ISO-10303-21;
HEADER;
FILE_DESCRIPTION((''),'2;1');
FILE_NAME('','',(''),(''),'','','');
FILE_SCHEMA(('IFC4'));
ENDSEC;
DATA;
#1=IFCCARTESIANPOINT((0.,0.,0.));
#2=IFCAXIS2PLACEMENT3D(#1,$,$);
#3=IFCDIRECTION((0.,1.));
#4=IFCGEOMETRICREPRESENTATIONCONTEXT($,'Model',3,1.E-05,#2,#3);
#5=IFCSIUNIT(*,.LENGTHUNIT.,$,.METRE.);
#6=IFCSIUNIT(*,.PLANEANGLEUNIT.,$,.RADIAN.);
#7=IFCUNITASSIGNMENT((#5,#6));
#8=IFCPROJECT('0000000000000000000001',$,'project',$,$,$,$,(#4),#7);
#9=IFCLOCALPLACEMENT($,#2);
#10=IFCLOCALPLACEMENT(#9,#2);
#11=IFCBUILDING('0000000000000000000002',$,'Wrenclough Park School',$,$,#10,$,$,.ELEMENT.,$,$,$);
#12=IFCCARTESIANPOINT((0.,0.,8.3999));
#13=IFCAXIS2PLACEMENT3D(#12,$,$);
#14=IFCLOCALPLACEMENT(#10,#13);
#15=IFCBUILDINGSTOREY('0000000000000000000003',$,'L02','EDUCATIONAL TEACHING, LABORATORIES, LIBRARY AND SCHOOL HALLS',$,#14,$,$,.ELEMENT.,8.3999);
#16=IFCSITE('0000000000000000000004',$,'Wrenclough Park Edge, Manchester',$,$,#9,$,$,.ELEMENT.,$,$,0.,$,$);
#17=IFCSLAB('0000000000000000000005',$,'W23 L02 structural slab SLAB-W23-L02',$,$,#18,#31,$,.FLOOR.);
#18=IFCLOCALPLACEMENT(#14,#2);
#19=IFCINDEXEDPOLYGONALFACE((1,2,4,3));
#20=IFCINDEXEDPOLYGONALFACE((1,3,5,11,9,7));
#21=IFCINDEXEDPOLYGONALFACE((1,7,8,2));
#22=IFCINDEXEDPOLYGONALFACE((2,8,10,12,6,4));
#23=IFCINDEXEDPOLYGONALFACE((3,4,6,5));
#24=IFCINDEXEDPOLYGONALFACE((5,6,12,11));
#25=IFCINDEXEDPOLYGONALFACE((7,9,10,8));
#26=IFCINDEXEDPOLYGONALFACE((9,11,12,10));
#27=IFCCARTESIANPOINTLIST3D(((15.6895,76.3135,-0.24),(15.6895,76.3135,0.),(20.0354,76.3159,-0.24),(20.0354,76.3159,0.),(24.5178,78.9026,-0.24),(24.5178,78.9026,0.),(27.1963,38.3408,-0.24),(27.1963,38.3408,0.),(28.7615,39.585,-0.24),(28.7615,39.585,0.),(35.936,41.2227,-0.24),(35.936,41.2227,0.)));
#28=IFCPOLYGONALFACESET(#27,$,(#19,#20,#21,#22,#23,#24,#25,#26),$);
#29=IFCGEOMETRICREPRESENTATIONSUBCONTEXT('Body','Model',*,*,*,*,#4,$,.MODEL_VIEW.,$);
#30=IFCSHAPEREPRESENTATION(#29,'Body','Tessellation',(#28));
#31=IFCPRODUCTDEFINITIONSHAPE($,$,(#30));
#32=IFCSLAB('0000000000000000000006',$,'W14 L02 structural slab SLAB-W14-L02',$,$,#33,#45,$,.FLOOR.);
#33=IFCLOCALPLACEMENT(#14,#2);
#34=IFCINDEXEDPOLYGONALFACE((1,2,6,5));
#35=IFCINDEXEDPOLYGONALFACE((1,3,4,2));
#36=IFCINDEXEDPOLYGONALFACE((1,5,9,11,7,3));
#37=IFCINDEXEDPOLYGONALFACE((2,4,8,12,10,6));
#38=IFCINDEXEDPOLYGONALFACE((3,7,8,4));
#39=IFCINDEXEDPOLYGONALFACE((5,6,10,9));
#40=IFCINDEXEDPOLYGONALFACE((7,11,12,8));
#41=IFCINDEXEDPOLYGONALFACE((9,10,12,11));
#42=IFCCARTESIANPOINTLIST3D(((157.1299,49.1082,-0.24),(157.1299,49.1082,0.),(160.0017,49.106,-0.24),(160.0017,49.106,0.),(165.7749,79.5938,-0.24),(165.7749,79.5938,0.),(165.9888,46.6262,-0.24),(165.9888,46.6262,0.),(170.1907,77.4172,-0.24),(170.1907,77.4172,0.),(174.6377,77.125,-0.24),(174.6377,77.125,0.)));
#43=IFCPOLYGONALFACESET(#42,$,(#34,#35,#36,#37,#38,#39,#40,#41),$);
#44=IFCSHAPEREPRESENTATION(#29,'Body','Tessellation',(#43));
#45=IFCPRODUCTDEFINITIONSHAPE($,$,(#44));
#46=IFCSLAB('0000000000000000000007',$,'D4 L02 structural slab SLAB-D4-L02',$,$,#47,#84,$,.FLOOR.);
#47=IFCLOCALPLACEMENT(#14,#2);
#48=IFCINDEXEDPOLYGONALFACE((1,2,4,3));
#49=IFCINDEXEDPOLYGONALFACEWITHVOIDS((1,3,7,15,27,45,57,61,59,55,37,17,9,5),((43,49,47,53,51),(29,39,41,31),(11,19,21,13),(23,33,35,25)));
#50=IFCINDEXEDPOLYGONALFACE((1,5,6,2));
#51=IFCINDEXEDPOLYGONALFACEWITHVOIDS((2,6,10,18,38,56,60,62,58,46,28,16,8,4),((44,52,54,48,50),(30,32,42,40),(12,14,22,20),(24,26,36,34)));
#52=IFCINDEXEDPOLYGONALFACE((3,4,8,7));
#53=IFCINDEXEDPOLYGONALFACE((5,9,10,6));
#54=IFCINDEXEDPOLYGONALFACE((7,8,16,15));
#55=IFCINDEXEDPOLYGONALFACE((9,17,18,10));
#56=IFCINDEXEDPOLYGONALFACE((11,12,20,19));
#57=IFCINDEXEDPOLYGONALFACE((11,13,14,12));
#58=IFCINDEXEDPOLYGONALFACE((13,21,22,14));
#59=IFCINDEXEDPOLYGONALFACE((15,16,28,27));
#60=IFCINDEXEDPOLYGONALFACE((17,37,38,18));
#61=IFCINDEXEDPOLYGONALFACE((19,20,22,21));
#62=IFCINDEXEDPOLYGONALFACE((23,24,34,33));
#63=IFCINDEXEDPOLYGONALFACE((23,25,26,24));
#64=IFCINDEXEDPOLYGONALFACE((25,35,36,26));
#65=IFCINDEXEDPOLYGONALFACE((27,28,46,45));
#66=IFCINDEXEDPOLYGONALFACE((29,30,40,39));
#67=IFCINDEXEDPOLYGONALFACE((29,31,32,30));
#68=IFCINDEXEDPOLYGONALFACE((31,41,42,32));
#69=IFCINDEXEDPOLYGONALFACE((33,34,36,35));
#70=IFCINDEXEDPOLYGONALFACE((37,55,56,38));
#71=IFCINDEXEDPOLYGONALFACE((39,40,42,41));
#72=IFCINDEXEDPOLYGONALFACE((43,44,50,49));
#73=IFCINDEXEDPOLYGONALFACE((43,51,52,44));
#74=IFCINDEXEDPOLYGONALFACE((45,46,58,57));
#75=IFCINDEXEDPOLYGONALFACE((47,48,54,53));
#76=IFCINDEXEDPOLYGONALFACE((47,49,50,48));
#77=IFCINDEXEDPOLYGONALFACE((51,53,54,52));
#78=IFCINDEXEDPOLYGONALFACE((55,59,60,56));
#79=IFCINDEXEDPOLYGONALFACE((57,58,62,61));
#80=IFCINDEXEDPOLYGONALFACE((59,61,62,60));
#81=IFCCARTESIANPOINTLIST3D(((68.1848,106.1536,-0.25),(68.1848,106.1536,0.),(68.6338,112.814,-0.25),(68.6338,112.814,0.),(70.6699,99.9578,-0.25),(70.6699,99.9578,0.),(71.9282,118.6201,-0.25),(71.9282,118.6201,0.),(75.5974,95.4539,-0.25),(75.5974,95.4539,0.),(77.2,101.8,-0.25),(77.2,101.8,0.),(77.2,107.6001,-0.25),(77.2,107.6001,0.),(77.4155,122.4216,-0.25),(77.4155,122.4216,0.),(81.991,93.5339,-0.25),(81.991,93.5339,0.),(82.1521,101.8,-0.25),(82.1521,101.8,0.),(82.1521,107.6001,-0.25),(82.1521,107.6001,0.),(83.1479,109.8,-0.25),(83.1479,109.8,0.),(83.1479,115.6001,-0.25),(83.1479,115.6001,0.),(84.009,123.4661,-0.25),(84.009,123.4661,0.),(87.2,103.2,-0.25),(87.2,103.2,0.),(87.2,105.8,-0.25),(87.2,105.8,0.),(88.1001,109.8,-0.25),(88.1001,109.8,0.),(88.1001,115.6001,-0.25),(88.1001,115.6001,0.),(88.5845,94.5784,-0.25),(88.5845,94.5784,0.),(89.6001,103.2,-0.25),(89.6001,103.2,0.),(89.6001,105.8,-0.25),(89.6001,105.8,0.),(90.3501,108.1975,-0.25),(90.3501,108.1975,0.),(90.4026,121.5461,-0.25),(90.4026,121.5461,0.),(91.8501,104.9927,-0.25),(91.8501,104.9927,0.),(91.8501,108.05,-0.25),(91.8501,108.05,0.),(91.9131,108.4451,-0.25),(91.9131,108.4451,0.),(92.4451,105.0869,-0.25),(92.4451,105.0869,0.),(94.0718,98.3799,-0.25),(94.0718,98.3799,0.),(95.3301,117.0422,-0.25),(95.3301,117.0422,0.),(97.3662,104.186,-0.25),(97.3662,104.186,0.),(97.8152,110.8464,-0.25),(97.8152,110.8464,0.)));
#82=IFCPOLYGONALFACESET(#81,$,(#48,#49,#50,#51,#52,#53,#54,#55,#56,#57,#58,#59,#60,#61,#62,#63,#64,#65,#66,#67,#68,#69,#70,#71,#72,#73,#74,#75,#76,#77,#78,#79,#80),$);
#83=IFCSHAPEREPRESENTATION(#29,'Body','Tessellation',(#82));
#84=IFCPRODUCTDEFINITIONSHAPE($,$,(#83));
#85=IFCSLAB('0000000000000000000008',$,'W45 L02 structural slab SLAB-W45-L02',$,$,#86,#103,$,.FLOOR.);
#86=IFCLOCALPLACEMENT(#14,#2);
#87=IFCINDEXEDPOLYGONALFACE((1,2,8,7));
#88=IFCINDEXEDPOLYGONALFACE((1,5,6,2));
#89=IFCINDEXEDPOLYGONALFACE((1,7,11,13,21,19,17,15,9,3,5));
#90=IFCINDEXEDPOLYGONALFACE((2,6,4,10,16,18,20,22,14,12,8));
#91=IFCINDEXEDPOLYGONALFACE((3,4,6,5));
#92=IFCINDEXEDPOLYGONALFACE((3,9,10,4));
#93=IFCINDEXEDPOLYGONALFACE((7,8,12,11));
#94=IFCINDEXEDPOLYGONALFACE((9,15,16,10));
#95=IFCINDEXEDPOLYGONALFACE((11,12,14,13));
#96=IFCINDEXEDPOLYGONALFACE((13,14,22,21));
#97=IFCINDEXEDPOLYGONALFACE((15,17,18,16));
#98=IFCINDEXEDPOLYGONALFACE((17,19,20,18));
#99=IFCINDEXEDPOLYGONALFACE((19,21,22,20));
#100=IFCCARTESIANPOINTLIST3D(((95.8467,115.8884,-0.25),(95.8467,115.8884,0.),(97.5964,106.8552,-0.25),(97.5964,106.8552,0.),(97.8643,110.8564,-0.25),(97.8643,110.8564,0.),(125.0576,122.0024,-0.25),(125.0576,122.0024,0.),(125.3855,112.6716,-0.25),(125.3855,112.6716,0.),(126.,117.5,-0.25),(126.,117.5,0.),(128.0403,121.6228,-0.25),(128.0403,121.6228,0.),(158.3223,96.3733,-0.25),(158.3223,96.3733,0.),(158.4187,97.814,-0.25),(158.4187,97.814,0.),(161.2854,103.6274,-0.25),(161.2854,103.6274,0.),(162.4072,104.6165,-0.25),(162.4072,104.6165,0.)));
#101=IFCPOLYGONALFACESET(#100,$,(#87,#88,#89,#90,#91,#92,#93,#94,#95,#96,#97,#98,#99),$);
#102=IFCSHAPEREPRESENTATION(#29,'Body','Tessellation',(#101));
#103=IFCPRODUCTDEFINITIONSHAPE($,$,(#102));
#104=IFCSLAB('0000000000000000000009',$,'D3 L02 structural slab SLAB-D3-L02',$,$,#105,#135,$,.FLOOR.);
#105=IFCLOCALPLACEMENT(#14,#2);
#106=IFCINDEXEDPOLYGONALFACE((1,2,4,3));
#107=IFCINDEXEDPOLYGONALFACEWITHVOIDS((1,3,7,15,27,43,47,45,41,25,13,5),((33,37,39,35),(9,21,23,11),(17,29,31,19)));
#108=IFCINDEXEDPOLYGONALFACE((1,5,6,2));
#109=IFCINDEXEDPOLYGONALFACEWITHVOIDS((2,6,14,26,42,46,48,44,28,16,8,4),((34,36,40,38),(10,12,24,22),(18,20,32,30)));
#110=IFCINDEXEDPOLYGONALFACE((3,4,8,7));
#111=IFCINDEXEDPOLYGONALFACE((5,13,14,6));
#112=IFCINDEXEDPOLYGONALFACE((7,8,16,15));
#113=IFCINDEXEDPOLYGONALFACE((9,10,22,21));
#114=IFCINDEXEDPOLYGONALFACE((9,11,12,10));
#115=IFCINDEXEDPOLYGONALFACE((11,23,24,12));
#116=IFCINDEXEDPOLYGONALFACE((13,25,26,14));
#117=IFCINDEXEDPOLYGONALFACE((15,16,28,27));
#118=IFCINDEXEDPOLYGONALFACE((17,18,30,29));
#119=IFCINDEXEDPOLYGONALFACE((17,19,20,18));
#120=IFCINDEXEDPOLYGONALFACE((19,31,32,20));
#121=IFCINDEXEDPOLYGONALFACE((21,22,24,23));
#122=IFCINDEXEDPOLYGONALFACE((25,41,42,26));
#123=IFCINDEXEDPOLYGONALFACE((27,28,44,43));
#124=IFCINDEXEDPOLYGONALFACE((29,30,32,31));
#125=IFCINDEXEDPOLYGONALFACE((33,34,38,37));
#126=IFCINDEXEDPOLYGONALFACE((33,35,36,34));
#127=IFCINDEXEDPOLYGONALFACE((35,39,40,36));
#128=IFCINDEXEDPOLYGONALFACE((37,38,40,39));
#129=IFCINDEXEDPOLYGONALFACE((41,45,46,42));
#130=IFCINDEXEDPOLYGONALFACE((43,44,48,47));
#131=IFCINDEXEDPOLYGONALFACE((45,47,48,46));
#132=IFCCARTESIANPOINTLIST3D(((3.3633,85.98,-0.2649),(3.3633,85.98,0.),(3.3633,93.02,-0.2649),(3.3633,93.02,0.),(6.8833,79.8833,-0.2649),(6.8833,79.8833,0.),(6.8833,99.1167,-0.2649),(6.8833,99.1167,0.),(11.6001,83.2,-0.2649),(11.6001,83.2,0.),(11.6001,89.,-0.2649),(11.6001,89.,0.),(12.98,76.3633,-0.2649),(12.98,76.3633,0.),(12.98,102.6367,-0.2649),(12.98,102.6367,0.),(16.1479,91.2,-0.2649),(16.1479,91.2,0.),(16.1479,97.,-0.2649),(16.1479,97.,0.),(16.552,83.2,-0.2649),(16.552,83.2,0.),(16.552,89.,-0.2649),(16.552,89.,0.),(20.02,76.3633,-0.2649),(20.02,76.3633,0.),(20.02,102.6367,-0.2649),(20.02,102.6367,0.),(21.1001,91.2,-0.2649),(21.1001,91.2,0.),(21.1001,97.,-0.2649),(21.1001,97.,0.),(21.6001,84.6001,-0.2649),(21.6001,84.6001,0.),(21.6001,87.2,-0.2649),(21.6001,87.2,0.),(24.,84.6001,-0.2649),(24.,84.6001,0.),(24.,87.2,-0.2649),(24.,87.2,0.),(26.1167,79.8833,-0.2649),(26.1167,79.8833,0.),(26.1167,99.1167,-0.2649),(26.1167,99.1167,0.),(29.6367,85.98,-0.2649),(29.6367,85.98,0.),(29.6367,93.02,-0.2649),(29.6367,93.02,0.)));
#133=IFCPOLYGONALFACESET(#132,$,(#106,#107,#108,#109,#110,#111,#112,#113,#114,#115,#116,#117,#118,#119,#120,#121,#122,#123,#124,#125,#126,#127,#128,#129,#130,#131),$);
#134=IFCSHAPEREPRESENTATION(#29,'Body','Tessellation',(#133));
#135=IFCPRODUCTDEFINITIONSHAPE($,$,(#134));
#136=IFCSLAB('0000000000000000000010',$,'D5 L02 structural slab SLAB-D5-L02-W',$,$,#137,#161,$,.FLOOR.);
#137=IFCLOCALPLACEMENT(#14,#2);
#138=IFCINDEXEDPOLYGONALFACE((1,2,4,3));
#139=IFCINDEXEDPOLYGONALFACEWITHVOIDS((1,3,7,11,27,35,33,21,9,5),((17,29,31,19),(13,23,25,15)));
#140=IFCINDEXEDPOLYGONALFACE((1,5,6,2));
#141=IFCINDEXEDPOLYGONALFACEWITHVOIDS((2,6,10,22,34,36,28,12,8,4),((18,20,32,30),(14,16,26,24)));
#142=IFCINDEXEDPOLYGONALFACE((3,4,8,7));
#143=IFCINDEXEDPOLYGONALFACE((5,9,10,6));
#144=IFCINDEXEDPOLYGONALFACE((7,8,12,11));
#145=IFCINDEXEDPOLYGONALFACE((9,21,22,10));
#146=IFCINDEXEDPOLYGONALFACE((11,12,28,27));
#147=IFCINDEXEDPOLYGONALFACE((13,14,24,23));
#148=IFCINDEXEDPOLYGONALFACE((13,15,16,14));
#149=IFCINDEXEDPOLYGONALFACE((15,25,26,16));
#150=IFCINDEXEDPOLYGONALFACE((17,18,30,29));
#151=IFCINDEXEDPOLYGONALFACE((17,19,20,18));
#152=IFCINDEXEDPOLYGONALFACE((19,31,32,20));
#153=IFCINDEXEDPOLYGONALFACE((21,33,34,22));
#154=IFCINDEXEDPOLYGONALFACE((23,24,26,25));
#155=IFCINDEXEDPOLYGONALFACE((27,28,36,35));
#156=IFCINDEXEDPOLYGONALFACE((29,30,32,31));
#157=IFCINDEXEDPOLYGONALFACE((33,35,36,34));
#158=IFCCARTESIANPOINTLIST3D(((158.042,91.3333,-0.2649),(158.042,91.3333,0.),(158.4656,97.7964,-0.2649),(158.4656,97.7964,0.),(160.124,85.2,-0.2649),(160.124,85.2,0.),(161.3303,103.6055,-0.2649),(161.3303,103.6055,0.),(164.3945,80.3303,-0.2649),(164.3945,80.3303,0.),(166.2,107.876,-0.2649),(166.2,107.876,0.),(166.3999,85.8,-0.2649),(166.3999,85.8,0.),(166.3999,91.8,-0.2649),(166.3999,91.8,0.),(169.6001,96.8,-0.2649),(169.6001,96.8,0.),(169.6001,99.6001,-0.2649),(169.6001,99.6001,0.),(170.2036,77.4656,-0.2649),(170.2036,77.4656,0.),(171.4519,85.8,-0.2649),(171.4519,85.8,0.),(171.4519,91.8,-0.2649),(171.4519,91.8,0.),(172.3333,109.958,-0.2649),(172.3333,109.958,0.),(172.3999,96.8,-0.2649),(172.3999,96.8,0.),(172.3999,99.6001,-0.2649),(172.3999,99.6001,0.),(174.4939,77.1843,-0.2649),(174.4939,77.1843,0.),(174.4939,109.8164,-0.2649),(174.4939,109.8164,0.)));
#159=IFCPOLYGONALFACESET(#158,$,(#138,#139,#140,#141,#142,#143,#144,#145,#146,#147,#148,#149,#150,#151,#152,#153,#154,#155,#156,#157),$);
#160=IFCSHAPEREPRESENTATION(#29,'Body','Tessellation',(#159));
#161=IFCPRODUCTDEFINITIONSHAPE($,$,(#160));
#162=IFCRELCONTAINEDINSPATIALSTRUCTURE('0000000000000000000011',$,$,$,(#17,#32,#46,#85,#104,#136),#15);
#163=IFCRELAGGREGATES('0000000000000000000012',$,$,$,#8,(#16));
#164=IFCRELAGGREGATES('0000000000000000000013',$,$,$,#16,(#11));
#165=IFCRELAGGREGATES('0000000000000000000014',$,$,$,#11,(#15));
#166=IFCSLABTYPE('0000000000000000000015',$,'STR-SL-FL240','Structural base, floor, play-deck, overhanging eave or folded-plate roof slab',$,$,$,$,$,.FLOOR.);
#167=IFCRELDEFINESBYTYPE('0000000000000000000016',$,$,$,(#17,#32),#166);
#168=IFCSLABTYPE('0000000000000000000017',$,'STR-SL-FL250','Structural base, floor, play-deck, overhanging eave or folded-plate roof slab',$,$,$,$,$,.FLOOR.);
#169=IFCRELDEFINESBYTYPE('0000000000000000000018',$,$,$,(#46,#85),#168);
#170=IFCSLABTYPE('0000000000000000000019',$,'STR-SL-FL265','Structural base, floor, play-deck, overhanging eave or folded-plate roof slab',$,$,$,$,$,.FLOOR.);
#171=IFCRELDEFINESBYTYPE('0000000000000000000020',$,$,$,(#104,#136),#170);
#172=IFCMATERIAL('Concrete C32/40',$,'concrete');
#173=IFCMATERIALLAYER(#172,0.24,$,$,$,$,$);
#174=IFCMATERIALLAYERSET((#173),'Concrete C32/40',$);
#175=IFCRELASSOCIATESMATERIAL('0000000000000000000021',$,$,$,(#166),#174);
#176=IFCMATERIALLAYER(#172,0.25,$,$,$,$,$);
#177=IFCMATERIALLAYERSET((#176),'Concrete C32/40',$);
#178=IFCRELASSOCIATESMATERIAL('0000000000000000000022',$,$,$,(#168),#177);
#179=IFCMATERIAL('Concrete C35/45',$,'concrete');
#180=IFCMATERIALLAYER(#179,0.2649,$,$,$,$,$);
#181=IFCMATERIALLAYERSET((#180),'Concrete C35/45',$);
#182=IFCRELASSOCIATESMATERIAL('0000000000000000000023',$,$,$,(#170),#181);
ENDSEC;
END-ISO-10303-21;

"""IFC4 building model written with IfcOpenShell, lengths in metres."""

from ifc_helpers import new_model, si_unit, direction, frame, origin, place, context, subcontext, project, spatial, polyline, outline, extrude, material, layer, layer_set, type_object, element, save


model = new_model("IFC4")

# Units and contexts
model_context = context("Model", 3, precision=1e-05, world=origin(), true_north=direction((0.0, 1.0)))
body_context = subcontext(model_context, "Body", "Model", "MODEL_VIEW")
ifc_project = project(units=[si_unit("LENGTHUNIT", "METRE"), si_unit("PLANEANGLEUNIT", "RADIAN")], contexts=[model_context])

# Site, building, storey
site_placement = place(None, origin())
site = spatial("IfcSite", under=ifc_project, at=site_placement, Name="Wrenclough Park Edge, Manchester", CompositionType="ELEMENT", RefElevation=0.0)
building_placement = place(site_placement, origin())
building = spatial("IfcBuilding", under=site, at=building_placement, Name="Wrenclough Park School", CompositionType="ELEMENT")
storey_placement = place(building_placement, frame((0.0, 0.0, 8.3999)))
storey = spatial("IfcBuildingStorey", under=building, at=storey_placement, Name="L02", Description="EDUCATIONAL TEACHING, LABORATORIES, LIBRARY AND SCHOOL HALLS", CompositionType="ELEMENT", Elevation=8.3999)

# Slabs
ifc_material_1 = material(Name="Concrete C32/40", Category="concrete")
ifc_layer_1 = layer(ifc_material_1, 0.24)
ifc_layer_set_1 = layer_set([ifc_layer_1], Name="Concrete C32/40")
slab_type_1 = type_object("IfcSlabType", Name="STR-SL-FL240", Description="Structural base, floor, play-deck, overhanging eave or folded-plate roof slab", PredefinedType="FLOOR", material=ifc_layer_set_1)
slab_1_placement = place(storey_placement, frame((0.0, 0.0, -0.24)))
element("IfcSlab", 1, at=slab_1_placement, inside=storey, type_object=slab_type_1, Name="W23 L02 structural slab SLAB-W23-L02", PredefinedType="FLOOR", context=body_context, shape_type="SweptSolid", body=[
    extrude(outline(polyline([(35.936, 41.2227), (24.5178, 78.9026), (20.0354, 76.3159), (15.6895, 76.3135), (27.1963, 38.3408), (28.7615, 39.585), (35.936, 41.2227)])), origin(), (0.0, 0.0, 1.0), 0.24),
])
slab_2_placement = place(storey_placement, frame((0.0, 0.0, -0.24)))
element("IfcSlab", 2, at=slab_2_placement, inside=storey, type_object=slab_type_1, Name="W14 L02 structural slab SLAB-W14-L02", PredefinedType="FLOOR", context=body_context, shape_type="SweptSolid", body=[
    extrude(outline(polyline([(165.9888, 46.6262), (174.6377, 77.125), (170.1907, 77.4172), (165.7749, 79.5938), (157.1299, 49.1082), (160.0017, 49.106), (165.9888, 46.6262)])), origin(), (0.0, 0.0, 1.0), 0.24),
])
ifc_layer_2 = layer(ifc_material_1, 0.25)
ifc_layer_set_2 = layer_set([ifc_layer_2], Name="Concrete C32/40")
slab_type_2 = type_object("IfcSlabType", Name="STR-SL-FL250", Description="Structural base, floor, play-deck, overhanging eave or folded-plate roof slab", PredefinedType="FLOOR", material=ifc_layer_set_2)
slab_3_placement = place(storey_placement, frame((0.0, 0.0, -0.25)))
element("IfcSlab", 3, at=slab_3_placement, inside=storey, type_object=slab_type_2, Name="D4 L02 structural slab SLAB-D4-L02", PredefinedType="FLOOR", context=body_context, shape_type="SweptSolid", body=[
    extrude(outline(polyline([(97.8152, 110.8464), (95.3301, 117.0422), (90.4026, 121.5461), (84.009, 123.4661), (77.4155, 122.4216), (71.9282, 118.6201), (68.6338, 112.814), (68.1848, 106.1536), (70.6699, 99.9578), (75.5974, 95.4539), (81.991, 93.5339), (88.5845, 94.5784), (94.0718, 98.3799), (97.3662, 104.186), (97.8152, 110.8464)]), holes=[polyline([(91.9131, 108.4451), (90.3501, 108.1975), (91.8501, 108.05), (91.8501, 104.9927), (92.4451, 105.0869), (91.9131, 108.4451)]), polyline([(77.2, 101.8), (82.1521, 101.8), (82.1521, 107.6001), (77.2, 107.6001), (77.2, 101.8)]), polyline([(87.2, 103.2), (89.6001, 103.2), (89.6001, 105.8), (87.2, 105.8), (87.2, 103.2)]), polyline([(83.1479, 109.8), (88.1001, 109.8), (88.1001, 115.6001), (83.1479, 115.6001), (83.1479, 109.8)])]), origin(), (0.0, 0.0, 1.0), 0.25),
])
slab_4_placement = place(storey_placement, frame((0.0, 0.0, -0.25)))
element("IfcSlab", 4, at=slab_4_placement, inside=storey, type_object=slab_type_2, Name="W45 L02 structural slab SLAB-W45-L02", PredefinedType="FLOOR", context=body_context, shape_type="SweptSolid", body=[
    extrude(outline(polyline([(125.3855, 112.6716), (158.3223, 96.3733), (158.4187, 97.814), (161.2854, 103.6274), (162.4072, 104.6165), (128.0403, 121.6228), (126.0, 117.5), (125.0576, 122.0024), (95.8467, 115.8884), (97.8643, 110.8564), (97.5964, 106.8552), (125.3855, 112.6716)])), origin(), (0.0, 0.0, 1.0), 0.25),
])
ifc_material_2 = material(Name="Concrete C35/45", Category="concrete")
ifc_layer_3 = layer(ifc_material_2, 0.2649)
ifc_layer_set_3 = layer_set([ifc_layer_3], Name="Concrete C35/45")
slab_type_3 = type_object("IfcSlabType", Name="STR-SL-FL265", Description="Structural base, floor, play-deck, overhanging eave or folded-plate roof slab", PredefinedType="FLOOR", material=ifc_layer_set_3)
slab_5_placement = place(storey_placement, frame((0.0, 0.0, -0.2649)))
element("IfcSlab", 5, at=slab_5_placement, inside=storey, type_object=slab_type_3, Name="D3 L02 structural slab SLAB-D3-L02", PredefinedType="FLOOR", context=body_context, shape_type="SweptSolid", body=[
    extrude(outline(polyline([(29.6367, 93.02), (26.1167, 99.1167), (20.02, 102.6367), (12.98, 102.6367), (6.8833, 99.1167), (3.3633, 93.02), (3.3633, 85.98), (6.8833, 79.8833), (12.98, 76.3633), (20.02, 76.3633), (26.1167, 79.8833), (29.6367, 85.98), (29.6367, 93.02)]), holes=[polyline([(11.6001, 83.2), (16.552, 83.2), (16.552, 89.0), (11.6001, 89.0), (11.6001, 83.2)]), polyline([(21.6001, 84.6001), (24.0, 84.6001), (24.0, 87.2), (21.6001, 87.2), (21.6001, 84.6001)]), polyline([(16.1479, 91.2), (21.1001, 91.2), (21.1001, 97.0), (16.1479, 97.0), (16.1479, 91.2)])]), origin(), (0.0, 0.0, 1.0), 0.2649),
])
slab_6_placement = place(storey_placement, frame((0.0, 0.0, -0.2649)))
element("IfcSlab", 6, at=slab_6_placement, inside=storey, type_object=slab_type_3, Name="D5 L02 structural slab SLAB-D5-L02-W", PredefinedType="FLOOR", context=body_context, shape_type="SweptSolid", body=[
    extrude(outline(polyline([(170.2036, 77.4656), (174.4939, 77.1843), (174.4939, 109.8164), (172.3333, 109.958), (166.2, 107.876), (161.3303, 103.6055), (158.4656, 97.7964), (158.042, 91.3333), (160.124, 85.2), (164.3945, 80.3303), (170.2036, 77.4656)]), holes=[polyline([(166.3999, 85.8), (171.4519, 85.8), (171.4519, 91.8), (166.3999, 91.8), (166.3999, 85.8)]), polyline([(169.6001, 96.8), (172.3999, 96.8), (172.3999, 99.6001), (169.6001, 99.6001), (169.6001, 96.8)])]), origin(), (0.0, 0.0, 1.0), 0.2649),
])

save(model, "model.ifc")
